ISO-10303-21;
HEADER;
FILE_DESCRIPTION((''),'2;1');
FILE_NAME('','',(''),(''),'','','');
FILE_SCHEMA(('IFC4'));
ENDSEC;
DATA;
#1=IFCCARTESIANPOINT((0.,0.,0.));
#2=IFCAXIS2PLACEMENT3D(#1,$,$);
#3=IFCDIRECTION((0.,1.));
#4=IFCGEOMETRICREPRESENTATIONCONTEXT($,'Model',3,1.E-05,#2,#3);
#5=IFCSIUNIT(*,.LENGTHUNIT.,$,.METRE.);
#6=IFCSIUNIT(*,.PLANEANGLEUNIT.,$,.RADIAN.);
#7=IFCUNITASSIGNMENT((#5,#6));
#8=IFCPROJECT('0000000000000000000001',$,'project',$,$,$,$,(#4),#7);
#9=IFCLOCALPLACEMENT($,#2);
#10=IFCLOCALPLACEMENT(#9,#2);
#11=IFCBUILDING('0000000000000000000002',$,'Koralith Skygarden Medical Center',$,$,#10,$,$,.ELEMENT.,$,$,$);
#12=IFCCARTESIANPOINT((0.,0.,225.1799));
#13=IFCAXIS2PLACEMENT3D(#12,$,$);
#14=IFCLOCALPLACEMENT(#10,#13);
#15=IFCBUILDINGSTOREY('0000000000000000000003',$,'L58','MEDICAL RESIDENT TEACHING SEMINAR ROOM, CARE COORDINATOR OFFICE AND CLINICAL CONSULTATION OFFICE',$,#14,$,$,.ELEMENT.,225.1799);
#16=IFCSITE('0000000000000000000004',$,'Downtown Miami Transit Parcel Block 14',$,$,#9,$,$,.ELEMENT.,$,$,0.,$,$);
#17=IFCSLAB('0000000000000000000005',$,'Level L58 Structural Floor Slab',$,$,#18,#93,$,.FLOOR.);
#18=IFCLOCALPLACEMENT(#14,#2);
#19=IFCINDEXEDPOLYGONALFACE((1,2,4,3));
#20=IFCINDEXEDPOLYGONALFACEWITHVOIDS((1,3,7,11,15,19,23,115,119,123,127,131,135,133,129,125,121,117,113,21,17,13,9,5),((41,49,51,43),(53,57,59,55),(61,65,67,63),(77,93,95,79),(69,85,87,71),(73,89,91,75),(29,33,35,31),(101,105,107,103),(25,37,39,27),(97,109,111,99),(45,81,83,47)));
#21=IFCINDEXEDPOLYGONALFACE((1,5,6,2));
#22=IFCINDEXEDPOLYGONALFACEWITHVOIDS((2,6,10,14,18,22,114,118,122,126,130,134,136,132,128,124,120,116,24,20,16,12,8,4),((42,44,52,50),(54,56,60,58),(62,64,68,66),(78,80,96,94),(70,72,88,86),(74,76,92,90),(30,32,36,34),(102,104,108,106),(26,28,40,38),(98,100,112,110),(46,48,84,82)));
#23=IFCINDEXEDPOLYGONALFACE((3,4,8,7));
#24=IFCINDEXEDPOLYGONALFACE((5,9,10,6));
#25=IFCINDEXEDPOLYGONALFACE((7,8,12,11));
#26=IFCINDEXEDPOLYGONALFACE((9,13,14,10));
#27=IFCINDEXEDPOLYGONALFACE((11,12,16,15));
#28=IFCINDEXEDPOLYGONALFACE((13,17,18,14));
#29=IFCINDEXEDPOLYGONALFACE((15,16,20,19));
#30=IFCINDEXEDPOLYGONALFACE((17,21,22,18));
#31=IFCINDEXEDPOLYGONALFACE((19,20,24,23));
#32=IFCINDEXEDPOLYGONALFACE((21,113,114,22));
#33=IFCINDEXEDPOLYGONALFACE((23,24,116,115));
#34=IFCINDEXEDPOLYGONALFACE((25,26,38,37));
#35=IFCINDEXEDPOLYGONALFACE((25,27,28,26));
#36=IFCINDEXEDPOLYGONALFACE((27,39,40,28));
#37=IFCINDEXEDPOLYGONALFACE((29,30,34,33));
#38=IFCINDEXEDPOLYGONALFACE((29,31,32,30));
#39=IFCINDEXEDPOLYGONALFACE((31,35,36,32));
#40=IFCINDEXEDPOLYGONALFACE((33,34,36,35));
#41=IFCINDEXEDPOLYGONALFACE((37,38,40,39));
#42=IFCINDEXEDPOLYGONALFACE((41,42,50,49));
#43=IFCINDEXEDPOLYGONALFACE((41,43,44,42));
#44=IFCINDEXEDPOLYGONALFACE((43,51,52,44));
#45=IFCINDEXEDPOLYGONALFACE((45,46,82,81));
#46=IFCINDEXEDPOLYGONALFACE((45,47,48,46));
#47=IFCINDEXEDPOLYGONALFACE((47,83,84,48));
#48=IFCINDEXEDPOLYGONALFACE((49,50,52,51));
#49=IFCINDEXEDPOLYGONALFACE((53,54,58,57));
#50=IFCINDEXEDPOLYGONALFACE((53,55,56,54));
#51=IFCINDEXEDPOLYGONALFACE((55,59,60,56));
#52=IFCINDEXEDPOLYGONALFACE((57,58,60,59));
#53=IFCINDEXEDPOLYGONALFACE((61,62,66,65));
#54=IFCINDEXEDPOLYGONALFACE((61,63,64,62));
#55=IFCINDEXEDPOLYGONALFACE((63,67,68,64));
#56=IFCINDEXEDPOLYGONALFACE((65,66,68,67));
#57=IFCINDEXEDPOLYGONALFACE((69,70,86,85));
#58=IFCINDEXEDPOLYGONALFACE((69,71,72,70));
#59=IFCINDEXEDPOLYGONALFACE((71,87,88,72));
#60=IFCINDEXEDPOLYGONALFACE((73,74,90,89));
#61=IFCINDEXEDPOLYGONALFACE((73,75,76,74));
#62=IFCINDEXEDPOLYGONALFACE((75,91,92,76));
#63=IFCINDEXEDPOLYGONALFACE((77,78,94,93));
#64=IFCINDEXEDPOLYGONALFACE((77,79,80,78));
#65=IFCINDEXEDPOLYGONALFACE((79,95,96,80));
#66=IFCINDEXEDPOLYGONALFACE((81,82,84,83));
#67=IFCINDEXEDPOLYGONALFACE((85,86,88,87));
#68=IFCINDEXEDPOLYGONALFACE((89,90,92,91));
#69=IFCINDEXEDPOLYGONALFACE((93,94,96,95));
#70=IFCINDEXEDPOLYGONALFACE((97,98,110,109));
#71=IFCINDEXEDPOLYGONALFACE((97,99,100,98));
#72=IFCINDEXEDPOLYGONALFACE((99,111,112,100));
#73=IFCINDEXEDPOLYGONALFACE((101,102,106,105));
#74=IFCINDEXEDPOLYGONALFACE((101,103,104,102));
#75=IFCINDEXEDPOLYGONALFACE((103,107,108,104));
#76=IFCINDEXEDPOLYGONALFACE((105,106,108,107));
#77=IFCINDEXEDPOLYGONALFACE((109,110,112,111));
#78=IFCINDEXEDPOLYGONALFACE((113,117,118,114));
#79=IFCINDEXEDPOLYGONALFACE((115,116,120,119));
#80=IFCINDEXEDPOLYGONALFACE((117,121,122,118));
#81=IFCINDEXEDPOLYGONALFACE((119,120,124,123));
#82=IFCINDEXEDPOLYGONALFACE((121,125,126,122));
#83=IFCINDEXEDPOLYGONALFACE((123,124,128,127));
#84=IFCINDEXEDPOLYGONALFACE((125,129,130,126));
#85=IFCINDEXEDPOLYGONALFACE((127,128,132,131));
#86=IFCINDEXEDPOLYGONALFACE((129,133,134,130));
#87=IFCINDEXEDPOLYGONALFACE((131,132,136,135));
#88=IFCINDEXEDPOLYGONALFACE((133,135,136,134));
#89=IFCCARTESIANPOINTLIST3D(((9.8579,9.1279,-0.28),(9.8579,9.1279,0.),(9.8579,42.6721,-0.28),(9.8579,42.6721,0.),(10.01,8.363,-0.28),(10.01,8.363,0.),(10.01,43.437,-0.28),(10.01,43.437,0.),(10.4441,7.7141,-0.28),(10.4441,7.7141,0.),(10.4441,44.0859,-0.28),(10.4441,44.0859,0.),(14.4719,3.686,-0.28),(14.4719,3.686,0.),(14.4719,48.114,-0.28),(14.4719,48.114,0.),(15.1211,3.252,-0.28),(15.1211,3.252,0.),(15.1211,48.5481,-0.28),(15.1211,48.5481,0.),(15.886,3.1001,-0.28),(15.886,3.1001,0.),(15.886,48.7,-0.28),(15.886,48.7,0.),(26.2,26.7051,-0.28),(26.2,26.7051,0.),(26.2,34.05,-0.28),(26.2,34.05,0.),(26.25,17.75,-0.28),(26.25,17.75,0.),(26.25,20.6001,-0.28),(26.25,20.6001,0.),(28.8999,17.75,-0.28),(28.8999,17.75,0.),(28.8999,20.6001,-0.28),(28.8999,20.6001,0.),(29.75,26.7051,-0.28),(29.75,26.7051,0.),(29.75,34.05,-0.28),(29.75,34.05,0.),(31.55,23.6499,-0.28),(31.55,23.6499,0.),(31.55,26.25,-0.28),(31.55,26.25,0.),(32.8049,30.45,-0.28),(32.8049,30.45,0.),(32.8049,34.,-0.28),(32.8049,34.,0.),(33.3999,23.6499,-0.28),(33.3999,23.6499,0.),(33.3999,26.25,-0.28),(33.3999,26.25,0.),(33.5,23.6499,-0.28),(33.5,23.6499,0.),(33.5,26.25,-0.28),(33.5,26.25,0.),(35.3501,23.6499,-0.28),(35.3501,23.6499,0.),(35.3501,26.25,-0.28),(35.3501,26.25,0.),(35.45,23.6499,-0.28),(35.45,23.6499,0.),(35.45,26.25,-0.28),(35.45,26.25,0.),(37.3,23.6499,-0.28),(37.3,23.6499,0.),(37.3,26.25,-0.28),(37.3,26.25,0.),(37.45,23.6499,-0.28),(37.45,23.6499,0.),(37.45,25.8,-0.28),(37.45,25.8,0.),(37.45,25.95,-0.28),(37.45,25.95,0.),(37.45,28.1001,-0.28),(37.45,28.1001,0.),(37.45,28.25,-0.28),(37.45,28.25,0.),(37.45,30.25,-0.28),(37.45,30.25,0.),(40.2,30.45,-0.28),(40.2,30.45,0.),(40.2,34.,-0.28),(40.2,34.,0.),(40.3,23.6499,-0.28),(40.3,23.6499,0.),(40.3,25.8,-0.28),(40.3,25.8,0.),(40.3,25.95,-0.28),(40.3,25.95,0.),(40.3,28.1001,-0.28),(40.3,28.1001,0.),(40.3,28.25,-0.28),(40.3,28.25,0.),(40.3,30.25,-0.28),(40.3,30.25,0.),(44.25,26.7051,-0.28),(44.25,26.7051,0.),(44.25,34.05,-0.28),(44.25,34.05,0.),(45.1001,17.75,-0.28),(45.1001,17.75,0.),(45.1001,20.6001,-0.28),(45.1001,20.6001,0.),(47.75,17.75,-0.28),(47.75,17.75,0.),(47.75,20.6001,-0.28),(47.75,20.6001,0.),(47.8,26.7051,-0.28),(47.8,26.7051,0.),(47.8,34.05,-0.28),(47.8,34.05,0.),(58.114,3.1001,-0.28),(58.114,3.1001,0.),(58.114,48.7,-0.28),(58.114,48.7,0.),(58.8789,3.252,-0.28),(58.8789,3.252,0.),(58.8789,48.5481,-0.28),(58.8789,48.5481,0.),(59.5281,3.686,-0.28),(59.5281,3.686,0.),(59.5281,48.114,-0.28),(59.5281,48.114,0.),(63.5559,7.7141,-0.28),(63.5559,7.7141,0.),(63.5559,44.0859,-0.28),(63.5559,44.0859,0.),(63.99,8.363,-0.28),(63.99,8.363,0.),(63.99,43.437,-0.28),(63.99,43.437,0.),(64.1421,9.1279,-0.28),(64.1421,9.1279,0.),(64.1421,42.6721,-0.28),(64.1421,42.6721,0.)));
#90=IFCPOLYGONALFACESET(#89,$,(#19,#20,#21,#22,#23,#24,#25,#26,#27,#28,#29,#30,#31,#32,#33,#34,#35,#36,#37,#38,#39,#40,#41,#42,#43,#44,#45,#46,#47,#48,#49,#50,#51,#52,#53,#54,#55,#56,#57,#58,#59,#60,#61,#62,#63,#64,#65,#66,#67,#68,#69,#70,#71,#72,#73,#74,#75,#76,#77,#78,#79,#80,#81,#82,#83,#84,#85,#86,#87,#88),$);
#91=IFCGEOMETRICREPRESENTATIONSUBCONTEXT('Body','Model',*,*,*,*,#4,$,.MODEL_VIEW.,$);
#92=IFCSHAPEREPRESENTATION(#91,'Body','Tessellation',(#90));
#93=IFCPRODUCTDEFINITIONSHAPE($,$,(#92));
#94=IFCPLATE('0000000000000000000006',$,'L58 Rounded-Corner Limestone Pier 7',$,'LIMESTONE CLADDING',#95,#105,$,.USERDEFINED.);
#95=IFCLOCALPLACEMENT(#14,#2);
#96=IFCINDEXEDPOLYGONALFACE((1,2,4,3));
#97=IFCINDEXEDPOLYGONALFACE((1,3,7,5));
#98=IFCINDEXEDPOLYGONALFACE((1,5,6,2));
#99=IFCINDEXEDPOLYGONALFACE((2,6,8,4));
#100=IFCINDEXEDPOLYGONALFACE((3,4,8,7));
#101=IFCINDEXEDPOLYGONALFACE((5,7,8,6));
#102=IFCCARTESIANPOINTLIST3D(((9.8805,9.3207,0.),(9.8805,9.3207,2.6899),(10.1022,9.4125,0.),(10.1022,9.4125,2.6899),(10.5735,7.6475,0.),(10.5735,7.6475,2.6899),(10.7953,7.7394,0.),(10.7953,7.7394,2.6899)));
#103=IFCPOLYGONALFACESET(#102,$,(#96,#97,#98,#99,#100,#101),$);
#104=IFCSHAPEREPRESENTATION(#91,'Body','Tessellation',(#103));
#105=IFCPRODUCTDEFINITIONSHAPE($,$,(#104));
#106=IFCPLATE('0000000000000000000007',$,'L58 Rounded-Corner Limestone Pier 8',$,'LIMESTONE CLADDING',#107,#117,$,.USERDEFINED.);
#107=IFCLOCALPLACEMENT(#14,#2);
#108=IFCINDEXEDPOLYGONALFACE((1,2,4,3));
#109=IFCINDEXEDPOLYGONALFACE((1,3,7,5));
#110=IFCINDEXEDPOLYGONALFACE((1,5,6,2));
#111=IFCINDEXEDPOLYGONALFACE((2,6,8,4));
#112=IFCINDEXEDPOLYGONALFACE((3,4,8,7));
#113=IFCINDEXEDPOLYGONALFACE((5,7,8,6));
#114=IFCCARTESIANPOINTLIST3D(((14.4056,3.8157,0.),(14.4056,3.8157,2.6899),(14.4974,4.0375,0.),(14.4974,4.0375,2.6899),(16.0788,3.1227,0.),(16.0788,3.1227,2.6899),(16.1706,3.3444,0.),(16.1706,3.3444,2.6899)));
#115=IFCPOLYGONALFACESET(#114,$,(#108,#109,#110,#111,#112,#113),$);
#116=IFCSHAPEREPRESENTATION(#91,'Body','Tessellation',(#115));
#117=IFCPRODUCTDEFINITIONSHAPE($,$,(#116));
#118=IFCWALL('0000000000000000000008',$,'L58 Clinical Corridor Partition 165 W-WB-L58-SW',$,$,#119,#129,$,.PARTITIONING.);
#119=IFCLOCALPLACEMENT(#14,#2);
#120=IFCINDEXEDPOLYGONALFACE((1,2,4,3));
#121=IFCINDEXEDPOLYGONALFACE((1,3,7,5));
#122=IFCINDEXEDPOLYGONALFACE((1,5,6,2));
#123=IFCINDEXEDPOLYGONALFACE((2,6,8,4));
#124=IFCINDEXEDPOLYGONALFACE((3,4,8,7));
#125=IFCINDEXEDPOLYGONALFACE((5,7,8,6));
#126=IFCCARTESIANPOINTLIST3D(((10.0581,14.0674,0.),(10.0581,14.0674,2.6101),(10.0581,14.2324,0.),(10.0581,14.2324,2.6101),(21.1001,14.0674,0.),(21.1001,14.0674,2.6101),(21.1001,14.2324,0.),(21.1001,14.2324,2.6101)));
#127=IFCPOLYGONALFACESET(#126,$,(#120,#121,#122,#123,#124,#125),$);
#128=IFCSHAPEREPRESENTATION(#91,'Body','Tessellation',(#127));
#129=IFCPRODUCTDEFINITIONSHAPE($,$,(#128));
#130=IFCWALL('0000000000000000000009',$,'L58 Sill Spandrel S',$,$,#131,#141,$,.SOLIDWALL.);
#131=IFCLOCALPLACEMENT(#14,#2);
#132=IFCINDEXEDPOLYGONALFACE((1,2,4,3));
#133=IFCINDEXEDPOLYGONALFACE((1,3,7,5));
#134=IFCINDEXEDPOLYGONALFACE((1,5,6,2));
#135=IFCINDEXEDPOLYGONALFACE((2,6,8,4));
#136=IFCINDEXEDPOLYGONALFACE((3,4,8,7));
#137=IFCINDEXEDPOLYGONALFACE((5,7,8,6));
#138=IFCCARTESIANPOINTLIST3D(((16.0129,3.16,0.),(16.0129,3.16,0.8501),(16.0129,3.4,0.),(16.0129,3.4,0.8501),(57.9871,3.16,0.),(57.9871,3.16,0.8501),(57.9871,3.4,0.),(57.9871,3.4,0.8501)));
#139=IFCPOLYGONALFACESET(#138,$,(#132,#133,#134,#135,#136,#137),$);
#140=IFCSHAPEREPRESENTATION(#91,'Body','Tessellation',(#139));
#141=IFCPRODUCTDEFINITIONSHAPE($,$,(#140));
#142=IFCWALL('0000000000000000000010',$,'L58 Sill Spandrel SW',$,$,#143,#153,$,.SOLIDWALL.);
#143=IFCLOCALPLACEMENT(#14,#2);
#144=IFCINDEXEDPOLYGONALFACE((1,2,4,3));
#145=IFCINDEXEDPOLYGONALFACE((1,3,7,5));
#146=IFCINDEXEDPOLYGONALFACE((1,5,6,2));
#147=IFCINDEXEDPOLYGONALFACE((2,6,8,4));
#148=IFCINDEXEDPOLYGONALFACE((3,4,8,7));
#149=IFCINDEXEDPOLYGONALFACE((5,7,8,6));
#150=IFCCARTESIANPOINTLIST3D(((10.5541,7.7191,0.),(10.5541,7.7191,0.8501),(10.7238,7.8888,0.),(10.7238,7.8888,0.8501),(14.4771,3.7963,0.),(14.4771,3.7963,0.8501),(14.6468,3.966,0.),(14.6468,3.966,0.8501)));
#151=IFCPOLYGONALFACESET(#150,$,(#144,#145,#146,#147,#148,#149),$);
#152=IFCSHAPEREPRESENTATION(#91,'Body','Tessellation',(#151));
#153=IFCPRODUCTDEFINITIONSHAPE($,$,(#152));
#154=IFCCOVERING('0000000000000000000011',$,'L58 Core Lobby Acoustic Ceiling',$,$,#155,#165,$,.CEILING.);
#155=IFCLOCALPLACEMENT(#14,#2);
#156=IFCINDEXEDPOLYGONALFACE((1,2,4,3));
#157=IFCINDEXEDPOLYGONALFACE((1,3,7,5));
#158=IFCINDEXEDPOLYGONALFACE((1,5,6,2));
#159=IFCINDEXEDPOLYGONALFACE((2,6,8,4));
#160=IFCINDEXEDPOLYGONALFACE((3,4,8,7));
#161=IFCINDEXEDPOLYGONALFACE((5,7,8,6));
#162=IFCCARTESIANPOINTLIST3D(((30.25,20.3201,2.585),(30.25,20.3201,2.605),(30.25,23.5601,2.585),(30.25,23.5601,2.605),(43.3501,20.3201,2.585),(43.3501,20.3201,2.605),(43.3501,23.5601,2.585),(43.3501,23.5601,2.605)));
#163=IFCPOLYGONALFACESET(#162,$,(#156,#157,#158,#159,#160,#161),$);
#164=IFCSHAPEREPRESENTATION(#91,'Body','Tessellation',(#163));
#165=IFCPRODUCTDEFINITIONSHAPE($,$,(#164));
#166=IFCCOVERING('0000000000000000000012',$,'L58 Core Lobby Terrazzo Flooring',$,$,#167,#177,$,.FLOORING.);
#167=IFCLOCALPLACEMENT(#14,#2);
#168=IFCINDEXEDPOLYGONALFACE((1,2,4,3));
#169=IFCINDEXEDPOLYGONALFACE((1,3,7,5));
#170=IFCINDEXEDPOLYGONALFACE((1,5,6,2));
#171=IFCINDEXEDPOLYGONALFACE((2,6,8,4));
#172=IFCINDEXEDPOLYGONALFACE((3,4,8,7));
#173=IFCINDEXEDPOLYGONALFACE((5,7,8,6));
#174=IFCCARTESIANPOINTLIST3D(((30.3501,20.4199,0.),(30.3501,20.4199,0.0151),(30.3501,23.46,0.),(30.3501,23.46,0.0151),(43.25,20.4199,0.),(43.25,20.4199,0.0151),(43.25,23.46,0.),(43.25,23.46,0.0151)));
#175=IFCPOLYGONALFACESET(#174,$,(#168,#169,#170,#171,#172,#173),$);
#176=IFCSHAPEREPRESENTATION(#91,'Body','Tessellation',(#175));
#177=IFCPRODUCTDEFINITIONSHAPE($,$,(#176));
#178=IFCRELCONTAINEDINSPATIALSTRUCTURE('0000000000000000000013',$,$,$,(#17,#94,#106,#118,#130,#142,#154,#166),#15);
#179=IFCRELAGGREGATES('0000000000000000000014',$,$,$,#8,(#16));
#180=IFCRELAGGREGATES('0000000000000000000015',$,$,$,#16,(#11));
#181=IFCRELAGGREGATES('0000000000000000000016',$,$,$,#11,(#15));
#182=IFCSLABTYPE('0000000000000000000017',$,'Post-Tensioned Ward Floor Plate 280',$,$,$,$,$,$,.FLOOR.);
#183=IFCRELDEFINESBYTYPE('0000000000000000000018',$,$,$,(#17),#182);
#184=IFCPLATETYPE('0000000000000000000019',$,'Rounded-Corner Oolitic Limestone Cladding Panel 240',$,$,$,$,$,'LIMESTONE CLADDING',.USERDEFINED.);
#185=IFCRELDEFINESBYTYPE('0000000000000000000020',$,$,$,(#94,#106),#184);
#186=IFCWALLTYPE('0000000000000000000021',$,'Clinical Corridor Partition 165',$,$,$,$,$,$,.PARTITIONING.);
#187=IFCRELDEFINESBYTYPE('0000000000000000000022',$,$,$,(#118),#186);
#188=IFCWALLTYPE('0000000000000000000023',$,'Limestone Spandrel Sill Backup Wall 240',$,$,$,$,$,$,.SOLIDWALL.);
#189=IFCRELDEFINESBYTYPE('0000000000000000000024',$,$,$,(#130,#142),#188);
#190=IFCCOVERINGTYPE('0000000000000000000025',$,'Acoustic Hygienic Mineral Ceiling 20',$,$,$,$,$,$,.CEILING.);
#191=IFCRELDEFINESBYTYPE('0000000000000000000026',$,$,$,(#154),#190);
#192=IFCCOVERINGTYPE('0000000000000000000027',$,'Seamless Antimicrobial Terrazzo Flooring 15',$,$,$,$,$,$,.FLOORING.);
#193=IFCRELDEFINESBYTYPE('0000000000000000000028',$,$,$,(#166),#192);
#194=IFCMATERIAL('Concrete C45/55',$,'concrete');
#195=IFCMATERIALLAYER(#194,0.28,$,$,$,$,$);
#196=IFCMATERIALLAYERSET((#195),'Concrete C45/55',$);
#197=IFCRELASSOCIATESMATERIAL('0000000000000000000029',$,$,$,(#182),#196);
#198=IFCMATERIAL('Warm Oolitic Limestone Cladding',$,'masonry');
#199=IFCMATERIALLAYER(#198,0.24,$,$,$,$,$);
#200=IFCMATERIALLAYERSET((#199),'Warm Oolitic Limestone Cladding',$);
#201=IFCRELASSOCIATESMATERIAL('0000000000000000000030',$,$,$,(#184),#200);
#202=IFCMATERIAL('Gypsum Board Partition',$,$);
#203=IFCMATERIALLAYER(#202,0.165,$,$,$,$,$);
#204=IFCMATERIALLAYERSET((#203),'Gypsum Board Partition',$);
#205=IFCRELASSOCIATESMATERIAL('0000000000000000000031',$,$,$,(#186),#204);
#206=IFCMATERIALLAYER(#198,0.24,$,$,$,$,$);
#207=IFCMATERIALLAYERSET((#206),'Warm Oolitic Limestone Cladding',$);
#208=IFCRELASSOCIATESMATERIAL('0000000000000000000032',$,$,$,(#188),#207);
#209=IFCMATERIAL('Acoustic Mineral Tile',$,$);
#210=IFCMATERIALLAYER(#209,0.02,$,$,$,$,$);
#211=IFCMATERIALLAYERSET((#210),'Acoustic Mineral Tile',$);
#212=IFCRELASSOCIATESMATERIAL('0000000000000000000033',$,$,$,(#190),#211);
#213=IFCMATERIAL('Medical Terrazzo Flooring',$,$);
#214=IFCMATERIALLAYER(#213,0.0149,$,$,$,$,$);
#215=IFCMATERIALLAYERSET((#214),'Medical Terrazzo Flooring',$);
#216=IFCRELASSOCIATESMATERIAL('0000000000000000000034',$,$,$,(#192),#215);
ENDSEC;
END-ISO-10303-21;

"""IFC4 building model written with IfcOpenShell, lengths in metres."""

from ifc_helpers import new_model, si_unit, direction, frame, frame_2d, origin, origin_2d, place, context, subcontext, project, spatial, polyline, rectangle, outline, extrude, material, layer, layer_set, type_object, element, save


model = new_model("IFC4")

# Units and contexts
model_context = context("Model", 3, precision=1e-05, world=origin(), true_north=direction((0.0, 1.0)))
body_context = subcontext(model_context, "Body", "Model", "MODEL_VIEW")
ifc_project = project(units=[si_unit("LENGTHUNIT", "METRE"), si_unit("PLANEANGLEUNIT", "RADIAN")], contexts=[model_context])

# Site, building, storey
site_placement = place(None, origin())
site = spatial("IfcSite", under=ifc_project, at=site_placement, Name="Downtown Miami Transit Parcel Block 14", CompositionType="ELEMENT", RefElevation=0.0)
building_placement = place(site_placement, origin())
building = spatial("IfcBuilding", under=site, at=building_placement, Name="Koralith Skygarden Medical Center", CompositionType="ELEMENT")
storey_placement = place(building_placement, frame((0.0, 0.0, 225.1799)))
storey = spatial("IfcBuildingStorey", under=building, at=storey_placement, Name="L58", Description="MEDICAL RESIDENT TEACHING SEMINAR ROOM, CARE COORDINATOR OFFICE AND CLINICAL CONSULTATION OFFICE", CompositionType="ELEMENT", Elevation=225.1799)

# Shared definitions
ifc_material_1 = material(Name="Concrete C45/55", Category="concrete")

# Slab
ifc_layer_1 = layer(ifc_material_1, 0.28)
ifc_layer_set_1 = layer_set([ifc_layer_1], Name="Concrete C45/55")
slab_type_1 = type_object("IfcSlabType", Name="Post-Tensioned Ward Floor Plate 280", PredefinedType="FLOOR", material=ifc_layer_set_1)
slab_1_placement = place(storey_placement, frame((0.0, 0.0, -0.28)))
element("IfcSlab", 1, at=slab_1_placement, inside=storey, type_object=slab_type_1, Name="Level L58 Structural Floor Slab", PredefinedType="FLOOR", context=body_context, shape_type="SweptSolid", body=[
    extrude(outline(polyline([(14.4719, 3.686), (15.1211, 3.252), (15.886, 3.1001), (58.114, 3.1001), (58.8789, 3.252), (59.5281, 3.686), (63.5559, 7.7141), (63.99, 8.363), (64.1421, 9.1279), (64.1421, 42.6721), (63.99, 43.437), (63.5559, 44.0859), (59.5281, 48.114), (58.8789, 48.5481), (58.114, 48.7), (15.886, 48.7), (15.1211, 48.5481), (14.4719, 48.114), (10.4441, 44.0859), (10.01, 43.437), (9.8579, 42.6721), (9.8579, 9.1279), (10.01, 8.363), (10.4441, 7.7141), (14.4719, 3.686)]), holes=[polyline([(26.2, 26.7051), (29.75, 26.7051), (29.75, 34.05), (26.2, 34.05), (26.2, 26.7051)]), polyline([(44.25, 26.7051), (47.8, 26.7051), (47.8, 34.05), (44.25, 34.05), (44.25, 26.7051)]), polyline([(32.8049, 30.45), (40.2, 30.45), (40.2, 34.0), (32.8049, 34.0), (32.8049, 30.45)]), polyline([(26.25, 17.75), (28.8999, 17.75), (28.8999, 20.6001), (26.25, 20.6001), (26.25, 17.75)]), polyline([(45.1001, 17.75), (47.75, 17.75), (47.75, 20.6001), (45.1001, 20.6001), (45.1001, 17.75)]), polyline([(31.55, 23.6499), (33.3999, 23.6499), (33.3999, 26.25), (31.55, 26.25), (31.55, 23.6499)]), polyline([(33.5, 23.6499), (35.3501, 23.6499), (35.3501, 26.25), (33.5, 26.25), (33.5, 23.6499)]), polyline([(35.45, 23.6499), (37.3, 23.6499), (37.3, 26.25), (35.45, 26.25), (35.45, 23.6499)]), polyline([(37.45, 23.6499), (40.3, 23.6499), (40.3, 25.8), (37.45, 25.8), (37.45, 23.6499)]), polyline([(37.45, 25.95), (40.3, 25.95), (40.3, 28.1001), (37.45, 28.1001), (37.45, 25.95)]), polyline([(37.45, 28.25), (40.3, 28.25), (40.3, 30.25), (37.45, 30.25), (37.45, 28.25)])]), origin(), (0.0, 0.0, 1.0), 0.28),
])

# Plates
ifc_material_2 = material(Name="Warm Oolitic Limestone Cladding", Category="masonry")
ifc_layer_2 = layer(ifc_material_2, 0.24)
ifc_layer_set_2 = layer_set([ifc_layer_2], Name="Warm Oolitic Limestone Cladding")
plate_type_1 = type_object("IfcPlateType", Name="Rounded-Corner Oolitic Limestone Cladding Panel 240", ElementType="LIMESTONE CLADDING", PredefinedType="USERDEFINED", material=ifc_layer_set_2)
for number, where, z_axis, x_axis, name in (
    (2, (10.3379, 8.53, 0.0), (0.0, 0.0, 1.0), (0.382671, -0.923885, 0.0), "L58 Rounded-Corner Limestone Pier 7"),
    (3, (15.2881, 3.5801, 0.0), (0.0, 0.0, 1.0), (0.923885, -0.382671, 0.0), "L58 Rounded-Corner Limestone Pier 8"),
):
    element("IfcPlate", number, at=place(storey_placement, frame(where, z_axis=z_axis, x_axis=x_axis)), inside=storey, type_object=plate_type_1, Name=name, ObjectType="LIMESTONE CLADDING", PredefinedType="USERDEFINED", context=body_context, shape_type="SweptSolid", body=[
        extrude(rectangle(XDim=1.811, YDim=0.24, at=origin_2d()), origin(), (0.0, 0.0, 1.0), 2.6899),
    ])

# Wall
ifc_material_3 = material(Name="Gypsum Board Partition")
ifc_layer_3 = layer(ifc_material_3, 0.165)
ifc_layer_set_3 = layer_set([ifc_layer_3], Name="Gypsum Board Partition")
wall_type_1 = type_object("IfcWallType", Name="Clinical Corridor Partition 165", PredefinedType="PARTITIONING", material=ifc_layer_set_3)
wall_1_placement = place(storey_placement, frame((10.0581, 14.1499, 0.0), z_axis=(0.0, 0.0, 1.0), x_axis=(1.0, 0.0, 0.0)))
element("IfcWall", 4, at=wall_1_placement, inside=storey, type_object=wall_type_1, Name="L58 Clinical Corridor Partition 165 W-WB-L58-SW", PredefinedType="PARTITIONING", context=body_context, shape_type="SweptSolid", body=[
    extrude(rectangle(XDim=11.042, YDim=0.165, at=frame_2d((5.521, 0.0))), origin(), (0.0, 0.0, 1.0), 2.6101),
])

# Walls
ifc_layer_4 = layer(ifc_material_2, 0.24)
ifc_layer_set_4 = layer_set([ifc_layer_4], Name="Warm Oolitic Limestone Cladding")
wall_type_2 = type_object("IfcWallType", Name="Limestone Spandrel Sill Backup Wall 240", PredefinedType="SOLIDWALL", material=ifc_layer_set_4)
wall_2_placement = place(storey_placement, frame((16.0129, 3.28, 0.0), z_axis=(0.0, 0.0, 1.0), x_axis=(1.0, 0.0, 0.0)))
element("IfcWall", 5, at=wall_2_placement, inside=storey, type_object=wall_type_2, Name="L58 Sill Spandrel S", PredefinedType="SOLIDWALL", context=body_context, shape_type="SweptSolid", body=[
    extrude(rectangle(XDim=41.9741, YDim=0.24, at=frame_2d((20.9871, 0.0))), origin(), (0.0, 0.0, 1.0), 0.8501),
])
wall_3_placement = place(storey_placement, frame((10.6389, 7.804, 0.0), z_axis=(0.0, 0.0, 1.0), x_axis=(0.707129, -0.707085, 0.0)))
element("IfcWall", 6, at=wall_3_placement, inside=storey, type_object=wall_type_2, Name="L58 Sill Spandrel SW", PredefinedType="SOLIDWALL", context=body_context, shape_type="SweptSolid", body=[
    extrude(rectangle(XDim=5.5479, YDim=0.24, at=frame_2d((2.7739, 0.0))), origin(), (0.0, 0.0, 1.0), 0.8501),
])

# Coverings
ifc_material_4 = material(Name="Acoustic Mineral Tile")
ifc_layer_5 = layer(ifc_material_4, 0.02)
ifc_layer_set_5 = layer_set([ifc_layer_5], Name="Acoustic Mineral Tile")
covering_type_1 = type_object("IfcCoveringType", Name="Acoustic Hygienic Mineral Ceiling 20", PredefinedType="CEILING", material=ifc_layer_set_5)
covering_1_placement = place(storey_placement, frame((0.0, 0.0, 2.585)))
element("IfcCovering", 7, at=covering_1_placement, inside=storey, type_object=covering_type_1, Name="L58 Core Lobby Acoustic Ceiling", PredefinedType="CEILING", context=body_context, shape_type="SweptSolid", body=[
    extrude(outline(polyline([(30.25, 20.3201), (43.3501, 20.3201), (43.3501, 23.5601), (30.25, 23.5601), (30.25, 20.3201)])), origin(), (0.0, 0.0, 1.0), 0.02),
])
ifc_material_5 = material(Name="Medical Terrazzo Flooring")
ifc_layer_6 = layer(ifc_material_5, 0.0149)
ifc_layer_set_6 = layer_set([ifc_layer_6], Name="Medical Terrazzo Flooring")
covering_type_2 = type_object("IfcCoveringType", Name="Seamless Antimicrobial Terrazzo Flooring 15", PredefinedType="FLOORING", material=ifc_layer_set_6)
covering_2_placement = place(storey_placement, origin())
element("IfcCovering", 8, at=covering_2_placement, inside=storey, type_object=covering_type_2, Name="L58 Core Lobby Terrazzo Flooring", PredefinedType="FLOORING", context=body_context, shape_type="SweptSolid", body=[
    extrude(outline(polyline([(30.3501, 20.4199), (43.25, 20.4199), (43.25, 23.46), (30.3501, 23.46), (30.3501, 20.4199)])), origin(), (0.0, 0.0, 1.0), 0.0151),
])

save(model, "model.ifc")
